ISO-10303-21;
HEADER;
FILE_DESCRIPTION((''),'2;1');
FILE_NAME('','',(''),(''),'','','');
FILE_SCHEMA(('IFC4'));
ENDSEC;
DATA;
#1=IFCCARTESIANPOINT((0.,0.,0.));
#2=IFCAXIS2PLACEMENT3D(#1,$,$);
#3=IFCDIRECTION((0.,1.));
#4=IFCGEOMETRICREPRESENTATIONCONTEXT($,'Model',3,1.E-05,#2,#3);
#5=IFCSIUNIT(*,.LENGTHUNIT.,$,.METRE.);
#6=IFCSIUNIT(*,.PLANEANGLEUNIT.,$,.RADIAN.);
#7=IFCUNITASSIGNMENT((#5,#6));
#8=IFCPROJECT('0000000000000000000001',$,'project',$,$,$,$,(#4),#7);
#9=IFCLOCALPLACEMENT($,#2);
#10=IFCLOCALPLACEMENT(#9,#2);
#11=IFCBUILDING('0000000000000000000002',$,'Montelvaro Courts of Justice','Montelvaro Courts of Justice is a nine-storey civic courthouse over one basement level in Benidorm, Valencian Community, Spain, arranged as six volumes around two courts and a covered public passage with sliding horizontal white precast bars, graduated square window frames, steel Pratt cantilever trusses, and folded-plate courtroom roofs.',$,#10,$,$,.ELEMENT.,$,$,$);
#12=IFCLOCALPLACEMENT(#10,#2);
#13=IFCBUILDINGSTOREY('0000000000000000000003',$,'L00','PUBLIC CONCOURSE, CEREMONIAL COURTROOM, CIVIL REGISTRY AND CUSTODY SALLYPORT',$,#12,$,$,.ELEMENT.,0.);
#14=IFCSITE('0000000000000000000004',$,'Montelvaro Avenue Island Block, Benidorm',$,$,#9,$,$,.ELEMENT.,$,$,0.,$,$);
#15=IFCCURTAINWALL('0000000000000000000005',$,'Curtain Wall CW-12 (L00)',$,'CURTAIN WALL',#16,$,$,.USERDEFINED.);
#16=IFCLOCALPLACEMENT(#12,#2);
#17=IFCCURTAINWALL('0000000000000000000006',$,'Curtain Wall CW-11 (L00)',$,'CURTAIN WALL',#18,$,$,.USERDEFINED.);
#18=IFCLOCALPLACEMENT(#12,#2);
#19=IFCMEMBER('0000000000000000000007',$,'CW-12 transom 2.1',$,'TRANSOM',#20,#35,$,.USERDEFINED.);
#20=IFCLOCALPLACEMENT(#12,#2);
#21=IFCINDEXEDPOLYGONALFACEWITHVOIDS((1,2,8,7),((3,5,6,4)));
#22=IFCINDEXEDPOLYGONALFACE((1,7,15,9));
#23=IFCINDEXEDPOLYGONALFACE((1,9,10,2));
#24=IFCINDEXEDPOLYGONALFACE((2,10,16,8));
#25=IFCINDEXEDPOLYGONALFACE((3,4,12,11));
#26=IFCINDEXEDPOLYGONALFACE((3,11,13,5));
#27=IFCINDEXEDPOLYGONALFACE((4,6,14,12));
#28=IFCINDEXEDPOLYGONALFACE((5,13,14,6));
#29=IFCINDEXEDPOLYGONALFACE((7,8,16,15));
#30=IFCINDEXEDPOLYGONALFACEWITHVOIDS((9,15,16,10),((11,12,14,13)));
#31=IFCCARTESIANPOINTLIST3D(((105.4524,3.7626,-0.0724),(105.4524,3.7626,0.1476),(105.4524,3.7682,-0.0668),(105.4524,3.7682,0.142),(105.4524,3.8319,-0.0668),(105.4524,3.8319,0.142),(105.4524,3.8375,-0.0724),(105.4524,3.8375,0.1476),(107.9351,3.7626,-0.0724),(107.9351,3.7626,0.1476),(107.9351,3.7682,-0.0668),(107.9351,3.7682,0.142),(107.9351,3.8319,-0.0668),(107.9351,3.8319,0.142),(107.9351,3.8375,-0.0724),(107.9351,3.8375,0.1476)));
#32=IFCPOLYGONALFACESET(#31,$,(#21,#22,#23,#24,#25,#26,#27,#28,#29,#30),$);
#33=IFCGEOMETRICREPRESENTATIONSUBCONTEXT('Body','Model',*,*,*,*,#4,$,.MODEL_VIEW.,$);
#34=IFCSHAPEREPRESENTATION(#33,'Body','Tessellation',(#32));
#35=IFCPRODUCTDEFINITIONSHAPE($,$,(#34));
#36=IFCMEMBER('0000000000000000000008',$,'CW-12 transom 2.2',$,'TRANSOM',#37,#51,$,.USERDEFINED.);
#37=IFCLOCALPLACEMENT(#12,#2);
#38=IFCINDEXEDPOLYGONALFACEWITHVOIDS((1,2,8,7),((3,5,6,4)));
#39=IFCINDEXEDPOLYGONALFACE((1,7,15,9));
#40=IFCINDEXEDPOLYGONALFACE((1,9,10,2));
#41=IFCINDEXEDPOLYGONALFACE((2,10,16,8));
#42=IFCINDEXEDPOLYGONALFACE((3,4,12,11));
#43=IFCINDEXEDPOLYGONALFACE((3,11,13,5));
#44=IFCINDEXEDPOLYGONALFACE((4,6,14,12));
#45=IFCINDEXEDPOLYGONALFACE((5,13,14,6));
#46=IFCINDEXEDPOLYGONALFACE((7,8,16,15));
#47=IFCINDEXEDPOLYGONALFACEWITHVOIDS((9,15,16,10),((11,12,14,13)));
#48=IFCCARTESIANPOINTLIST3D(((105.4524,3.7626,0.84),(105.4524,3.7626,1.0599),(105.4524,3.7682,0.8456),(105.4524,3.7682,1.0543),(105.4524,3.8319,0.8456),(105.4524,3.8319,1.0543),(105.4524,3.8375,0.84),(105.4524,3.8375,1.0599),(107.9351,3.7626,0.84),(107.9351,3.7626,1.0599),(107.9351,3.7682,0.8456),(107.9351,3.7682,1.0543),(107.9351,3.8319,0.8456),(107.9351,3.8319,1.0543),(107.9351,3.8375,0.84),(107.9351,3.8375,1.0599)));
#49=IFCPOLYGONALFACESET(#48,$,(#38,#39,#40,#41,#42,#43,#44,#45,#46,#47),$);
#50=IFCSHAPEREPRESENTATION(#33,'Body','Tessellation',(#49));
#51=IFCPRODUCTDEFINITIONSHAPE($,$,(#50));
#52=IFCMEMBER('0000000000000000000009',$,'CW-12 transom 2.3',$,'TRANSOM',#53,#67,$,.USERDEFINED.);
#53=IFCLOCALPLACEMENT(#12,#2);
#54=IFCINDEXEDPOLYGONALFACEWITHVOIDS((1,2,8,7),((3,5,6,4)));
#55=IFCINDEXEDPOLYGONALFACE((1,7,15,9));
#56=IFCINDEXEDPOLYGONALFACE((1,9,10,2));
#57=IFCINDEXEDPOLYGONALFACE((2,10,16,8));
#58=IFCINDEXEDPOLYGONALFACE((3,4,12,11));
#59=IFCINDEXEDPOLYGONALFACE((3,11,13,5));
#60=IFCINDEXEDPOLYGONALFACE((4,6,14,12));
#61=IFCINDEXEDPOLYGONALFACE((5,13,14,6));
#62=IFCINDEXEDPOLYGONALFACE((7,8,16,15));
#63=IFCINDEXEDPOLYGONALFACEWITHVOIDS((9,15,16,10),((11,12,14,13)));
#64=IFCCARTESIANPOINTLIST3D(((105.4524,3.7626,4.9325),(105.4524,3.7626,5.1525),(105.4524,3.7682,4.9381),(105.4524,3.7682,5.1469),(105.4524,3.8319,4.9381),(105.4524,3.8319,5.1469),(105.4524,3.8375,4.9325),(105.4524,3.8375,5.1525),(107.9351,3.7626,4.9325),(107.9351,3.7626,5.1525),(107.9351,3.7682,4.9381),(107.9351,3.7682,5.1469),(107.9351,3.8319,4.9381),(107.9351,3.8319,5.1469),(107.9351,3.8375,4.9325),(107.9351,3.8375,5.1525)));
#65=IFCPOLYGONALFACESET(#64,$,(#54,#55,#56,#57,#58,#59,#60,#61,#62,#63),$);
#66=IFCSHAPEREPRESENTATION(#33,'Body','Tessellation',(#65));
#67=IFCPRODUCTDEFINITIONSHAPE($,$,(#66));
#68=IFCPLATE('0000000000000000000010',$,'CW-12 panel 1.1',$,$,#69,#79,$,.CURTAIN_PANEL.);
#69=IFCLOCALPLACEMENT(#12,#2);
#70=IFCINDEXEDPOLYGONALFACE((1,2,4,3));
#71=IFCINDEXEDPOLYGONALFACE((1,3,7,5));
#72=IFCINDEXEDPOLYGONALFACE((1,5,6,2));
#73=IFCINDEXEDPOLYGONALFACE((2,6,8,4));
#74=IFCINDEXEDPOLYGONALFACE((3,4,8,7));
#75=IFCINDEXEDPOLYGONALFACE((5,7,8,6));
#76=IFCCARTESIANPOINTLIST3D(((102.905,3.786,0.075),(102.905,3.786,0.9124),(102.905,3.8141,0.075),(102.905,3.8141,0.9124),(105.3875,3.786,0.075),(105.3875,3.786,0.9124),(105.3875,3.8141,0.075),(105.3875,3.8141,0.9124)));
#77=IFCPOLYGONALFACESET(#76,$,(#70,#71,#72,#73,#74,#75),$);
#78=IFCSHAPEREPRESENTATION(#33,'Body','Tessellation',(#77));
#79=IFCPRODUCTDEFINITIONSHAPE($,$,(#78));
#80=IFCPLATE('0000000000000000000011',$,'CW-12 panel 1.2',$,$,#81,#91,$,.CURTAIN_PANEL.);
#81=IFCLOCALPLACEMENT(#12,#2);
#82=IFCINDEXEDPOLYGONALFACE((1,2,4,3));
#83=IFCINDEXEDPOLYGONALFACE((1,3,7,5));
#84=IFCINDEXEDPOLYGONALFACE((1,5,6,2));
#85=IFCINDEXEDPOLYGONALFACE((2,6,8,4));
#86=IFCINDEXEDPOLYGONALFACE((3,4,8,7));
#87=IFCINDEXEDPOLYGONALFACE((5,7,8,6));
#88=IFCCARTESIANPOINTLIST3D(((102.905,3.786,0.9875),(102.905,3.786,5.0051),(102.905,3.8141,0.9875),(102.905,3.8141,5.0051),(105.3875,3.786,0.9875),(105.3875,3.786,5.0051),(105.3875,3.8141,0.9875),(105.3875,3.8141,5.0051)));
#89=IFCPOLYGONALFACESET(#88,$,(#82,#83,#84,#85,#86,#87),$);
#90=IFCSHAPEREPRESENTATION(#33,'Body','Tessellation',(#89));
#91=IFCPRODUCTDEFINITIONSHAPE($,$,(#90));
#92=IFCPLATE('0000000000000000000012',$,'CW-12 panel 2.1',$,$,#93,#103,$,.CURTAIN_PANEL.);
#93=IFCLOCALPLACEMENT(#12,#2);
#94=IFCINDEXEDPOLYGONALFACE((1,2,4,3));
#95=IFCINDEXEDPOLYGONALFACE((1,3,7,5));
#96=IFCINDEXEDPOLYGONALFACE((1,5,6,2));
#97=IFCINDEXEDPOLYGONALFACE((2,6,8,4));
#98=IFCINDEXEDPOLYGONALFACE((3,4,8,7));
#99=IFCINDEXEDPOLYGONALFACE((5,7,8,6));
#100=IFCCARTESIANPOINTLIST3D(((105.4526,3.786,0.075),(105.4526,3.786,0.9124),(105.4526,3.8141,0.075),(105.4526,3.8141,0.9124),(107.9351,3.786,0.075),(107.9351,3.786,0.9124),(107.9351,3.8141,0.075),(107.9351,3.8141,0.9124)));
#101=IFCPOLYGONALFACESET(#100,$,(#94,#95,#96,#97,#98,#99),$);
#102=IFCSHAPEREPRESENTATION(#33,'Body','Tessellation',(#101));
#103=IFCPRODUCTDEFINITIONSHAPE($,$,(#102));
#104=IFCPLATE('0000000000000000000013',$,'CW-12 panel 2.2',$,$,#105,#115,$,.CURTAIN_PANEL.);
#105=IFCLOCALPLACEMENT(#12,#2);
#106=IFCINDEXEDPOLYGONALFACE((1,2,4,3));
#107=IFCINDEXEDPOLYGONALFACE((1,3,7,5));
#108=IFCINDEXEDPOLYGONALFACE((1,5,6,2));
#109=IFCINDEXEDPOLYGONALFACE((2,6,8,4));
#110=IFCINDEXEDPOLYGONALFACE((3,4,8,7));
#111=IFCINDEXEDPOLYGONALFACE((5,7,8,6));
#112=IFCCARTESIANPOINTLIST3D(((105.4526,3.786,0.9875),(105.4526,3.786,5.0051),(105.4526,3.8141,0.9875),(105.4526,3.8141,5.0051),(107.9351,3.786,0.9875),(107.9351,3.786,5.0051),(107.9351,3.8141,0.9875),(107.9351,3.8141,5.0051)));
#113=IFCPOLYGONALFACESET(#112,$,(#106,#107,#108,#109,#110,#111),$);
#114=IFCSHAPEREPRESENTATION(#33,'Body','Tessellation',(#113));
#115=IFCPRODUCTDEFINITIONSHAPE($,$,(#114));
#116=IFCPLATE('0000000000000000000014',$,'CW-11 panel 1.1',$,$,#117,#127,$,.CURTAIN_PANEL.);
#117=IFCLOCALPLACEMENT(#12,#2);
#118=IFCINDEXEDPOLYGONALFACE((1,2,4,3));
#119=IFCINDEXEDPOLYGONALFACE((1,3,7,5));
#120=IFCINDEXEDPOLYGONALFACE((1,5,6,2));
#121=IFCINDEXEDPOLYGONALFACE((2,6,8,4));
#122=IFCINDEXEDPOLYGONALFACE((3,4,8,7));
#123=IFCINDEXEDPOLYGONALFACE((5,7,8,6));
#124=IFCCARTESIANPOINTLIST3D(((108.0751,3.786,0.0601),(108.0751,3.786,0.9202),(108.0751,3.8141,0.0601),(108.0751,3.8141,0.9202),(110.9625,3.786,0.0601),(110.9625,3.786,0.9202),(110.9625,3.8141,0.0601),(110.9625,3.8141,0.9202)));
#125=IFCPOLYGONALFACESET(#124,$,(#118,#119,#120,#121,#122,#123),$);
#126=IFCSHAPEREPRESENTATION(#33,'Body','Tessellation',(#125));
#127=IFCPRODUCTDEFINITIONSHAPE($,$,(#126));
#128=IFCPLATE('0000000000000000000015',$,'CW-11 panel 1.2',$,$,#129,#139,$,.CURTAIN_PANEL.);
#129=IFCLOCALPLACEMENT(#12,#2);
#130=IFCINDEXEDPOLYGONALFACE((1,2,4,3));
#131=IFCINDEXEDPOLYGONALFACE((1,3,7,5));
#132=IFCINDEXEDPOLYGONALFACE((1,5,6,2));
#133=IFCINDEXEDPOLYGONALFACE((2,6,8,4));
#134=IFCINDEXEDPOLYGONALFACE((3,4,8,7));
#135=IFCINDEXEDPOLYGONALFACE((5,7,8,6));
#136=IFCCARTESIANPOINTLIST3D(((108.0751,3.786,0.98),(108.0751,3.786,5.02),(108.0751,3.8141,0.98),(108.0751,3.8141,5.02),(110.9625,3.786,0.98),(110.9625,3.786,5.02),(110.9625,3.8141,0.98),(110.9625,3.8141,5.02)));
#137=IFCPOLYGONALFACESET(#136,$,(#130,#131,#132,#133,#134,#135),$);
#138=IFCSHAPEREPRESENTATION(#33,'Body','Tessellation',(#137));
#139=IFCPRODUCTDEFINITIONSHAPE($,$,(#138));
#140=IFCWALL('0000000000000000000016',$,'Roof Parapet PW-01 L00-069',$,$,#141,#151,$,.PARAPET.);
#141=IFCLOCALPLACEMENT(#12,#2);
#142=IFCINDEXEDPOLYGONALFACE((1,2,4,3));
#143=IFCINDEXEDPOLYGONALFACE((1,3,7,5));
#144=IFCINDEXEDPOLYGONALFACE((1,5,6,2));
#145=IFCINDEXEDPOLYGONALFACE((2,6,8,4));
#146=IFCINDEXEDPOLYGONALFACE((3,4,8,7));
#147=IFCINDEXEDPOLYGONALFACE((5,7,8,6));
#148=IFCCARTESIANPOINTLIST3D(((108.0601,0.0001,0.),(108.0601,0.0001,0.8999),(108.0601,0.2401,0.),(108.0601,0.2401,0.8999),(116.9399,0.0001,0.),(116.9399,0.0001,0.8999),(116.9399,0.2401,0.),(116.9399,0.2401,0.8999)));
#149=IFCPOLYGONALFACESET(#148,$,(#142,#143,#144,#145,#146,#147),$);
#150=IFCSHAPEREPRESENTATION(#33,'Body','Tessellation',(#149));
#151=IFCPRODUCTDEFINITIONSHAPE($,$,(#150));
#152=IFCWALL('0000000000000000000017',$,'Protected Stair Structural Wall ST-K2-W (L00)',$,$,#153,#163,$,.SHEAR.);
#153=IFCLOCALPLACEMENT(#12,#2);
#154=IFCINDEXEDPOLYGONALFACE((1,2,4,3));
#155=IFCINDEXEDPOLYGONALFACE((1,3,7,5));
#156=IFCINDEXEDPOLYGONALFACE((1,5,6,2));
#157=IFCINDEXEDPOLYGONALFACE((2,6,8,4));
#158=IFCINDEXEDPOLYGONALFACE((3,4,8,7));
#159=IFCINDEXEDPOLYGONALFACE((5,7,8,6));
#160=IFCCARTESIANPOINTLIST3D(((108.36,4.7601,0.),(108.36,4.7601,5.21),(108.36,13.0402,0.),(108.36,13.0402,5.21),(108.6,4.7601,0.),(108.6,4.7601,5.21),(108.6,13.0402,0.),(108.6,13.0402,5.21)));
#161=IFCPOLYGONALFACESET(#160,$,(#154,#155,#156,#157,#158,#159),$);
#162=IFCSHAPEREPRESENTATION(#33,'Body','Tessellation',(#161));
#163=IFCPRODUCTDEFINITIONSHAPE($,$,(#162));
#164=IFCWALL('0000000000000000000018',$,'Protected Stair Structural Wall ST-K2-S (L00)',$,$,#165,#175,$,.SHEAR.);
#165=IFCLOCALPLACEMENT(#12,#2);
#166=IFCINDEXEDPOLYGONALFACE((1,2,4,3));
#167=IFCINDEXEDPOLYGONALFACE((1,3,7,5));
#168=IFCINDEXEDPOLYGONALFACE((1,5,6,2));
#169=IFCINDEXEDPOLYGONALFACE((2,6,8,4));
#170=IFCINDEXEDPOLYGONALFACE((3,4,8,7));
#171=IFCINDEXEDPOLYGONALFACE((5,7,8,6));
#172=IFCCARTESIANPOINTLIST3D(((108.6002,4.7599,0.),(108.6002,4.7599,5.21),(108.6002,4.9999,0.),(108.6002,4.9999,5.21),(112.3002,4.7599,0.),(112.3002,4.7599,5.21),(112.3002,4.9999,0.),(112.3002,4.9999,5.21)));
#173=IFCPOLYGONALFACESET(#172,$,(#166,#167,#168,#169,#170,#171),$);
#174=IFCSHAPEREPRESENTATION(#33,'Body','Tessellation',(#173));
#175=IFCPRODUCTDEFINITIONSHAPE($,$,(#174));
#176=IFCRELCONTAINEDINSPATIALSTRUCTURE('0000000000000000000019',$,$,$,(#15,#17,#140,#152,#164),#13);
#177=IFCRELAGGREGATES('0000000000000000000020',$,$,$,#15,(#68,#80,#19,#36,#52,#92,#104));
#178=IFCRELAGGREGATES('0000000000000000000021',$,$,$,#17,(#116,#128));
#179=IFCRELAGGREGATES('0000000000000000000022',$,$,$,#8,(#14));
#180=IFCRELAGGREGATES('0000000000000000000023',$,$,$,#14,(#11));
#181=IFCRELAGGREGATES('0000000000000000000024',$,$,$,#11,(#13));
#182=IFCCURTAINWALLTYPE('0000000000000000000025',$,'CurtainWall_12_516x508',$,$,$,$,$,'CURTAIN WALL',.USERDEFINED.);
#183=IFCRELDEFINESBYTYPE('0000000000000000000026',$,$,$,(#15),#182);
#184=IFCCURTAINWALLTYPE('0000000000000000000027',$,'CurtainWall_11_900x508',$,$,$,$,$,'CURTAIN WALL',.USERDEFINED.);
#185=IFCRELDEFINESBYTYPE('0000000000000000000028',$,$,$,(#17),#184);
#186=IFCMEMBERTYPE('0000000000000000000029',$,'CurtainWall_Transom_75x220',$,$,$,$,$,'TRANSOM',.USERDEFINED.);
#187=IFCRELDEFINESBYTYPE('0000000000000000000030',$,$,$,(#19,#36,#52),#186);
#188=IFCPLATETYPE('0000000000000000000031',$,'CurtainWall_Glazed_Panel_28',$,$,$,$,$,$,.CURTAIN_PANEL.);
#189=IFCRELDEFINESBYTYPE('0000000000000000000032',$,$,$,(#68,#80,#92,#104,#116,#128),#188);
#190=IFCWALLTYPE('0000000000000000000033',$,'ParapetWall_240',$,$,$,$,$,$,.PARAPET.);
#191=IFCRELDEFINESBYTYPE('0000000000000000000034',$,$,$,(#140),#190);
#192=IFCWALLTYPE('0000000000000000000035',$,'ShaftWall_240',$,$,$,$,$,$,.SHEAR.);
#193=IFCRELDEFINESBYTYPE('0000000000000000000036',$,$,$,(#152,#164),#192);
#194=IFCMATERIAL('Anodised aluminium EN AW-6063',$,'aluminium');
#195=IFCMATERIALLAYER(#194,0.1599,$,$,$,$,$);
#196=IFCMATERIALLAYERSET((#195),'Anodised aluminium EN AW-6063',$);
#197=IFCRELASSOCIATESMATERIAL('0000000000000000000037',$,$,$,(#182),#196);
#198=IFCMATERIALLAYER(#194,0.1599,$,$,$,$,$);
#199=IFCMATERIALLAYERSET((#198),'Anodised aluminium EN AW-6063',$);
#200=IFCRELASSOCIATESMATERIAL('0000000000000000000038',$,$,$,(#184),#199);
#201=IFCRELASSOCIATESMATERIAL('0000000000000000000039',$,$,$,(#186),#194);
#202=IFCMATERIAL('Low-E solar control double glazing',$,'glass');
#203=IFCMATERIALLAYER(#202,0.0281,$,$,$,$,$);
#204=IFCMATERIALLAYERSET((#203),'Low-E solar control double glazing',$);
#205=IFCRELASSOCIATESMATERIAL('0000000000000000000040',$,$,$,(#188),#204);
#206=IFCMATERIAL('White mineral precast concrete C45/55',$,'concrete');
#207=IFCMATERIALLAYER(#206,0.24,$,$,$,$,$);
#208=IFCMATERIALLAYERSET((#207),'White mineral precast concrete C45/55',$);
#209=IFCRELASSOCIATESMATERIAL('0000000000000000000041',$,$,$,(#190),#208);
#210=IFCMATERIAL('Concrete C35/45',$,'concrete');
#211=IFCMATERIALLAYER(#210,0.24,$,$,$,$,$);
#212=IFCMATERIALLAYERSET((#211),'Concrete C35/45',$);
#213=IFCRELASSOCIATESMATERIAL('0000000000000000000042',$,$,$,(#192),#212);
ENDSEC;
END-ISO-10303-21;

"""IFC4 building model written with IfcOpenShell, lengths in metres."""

from ifc_helpers import new_model, si_unit, direction, frame, frame_2d, origin, origin_2d, place, context, subcontext, project, spatial, rectangle, hollow_rectangle, extrude, material, layer, layer_set, material_profile, profile_set, type_object, element, aggregate, save


model = new_model("IFC4")

# Units and contexts
model_context = context("Model", 3, precision=1e-05, world=origin(), true_north=direction((0.0, 1.0)))
body_context = subcontext(model_context, "Body", "Model", "MODEL_VIEW")
ifc_project = project(units=[si_unit("LENGTHUNIT", "METRE"), si_unit("PLANEANGLEUNIT", "RADIAN")], contexts=[model_context])

# Site, building, storey
site_placement = place(None, origin())
site = spatial("IfcSite", under=ifc_project, at=site_placement, Name="Montelvaro Avenue Island Block, Benidorm", CompositionType="ELEMENT", RefElevation=0.0)
building_placement = place(site_placement, origin())
building = spatial("IfcBuilding", under=site, at=building_placement, Name="Montelvaro Courts of Justice", Description="Montelvaro Courts of Justice is a nine-storey civic courthouse over one basement level in Benidorm, Valencian Community, Spain, arranged as six volumes around two courts and a covered public passage with sliding horizontal white precast bars, graduated square window frames, steel Pratt cantilever trusses, and folded-plate courtroom roofs.", CompositionType="ELEMENT")
storey_placement = place(building_placement, origin())
storey = spatial("IfcBuildingStorey", under=building, at=storey_placement, Name="L00", Description="PUBLIC CONCOURSE, CEREMONIAL COURTROOM, CIVIL REGISTRY AND CUSTODY SALLYPORT", CompositionType="ELEMENT", Elevation=0.0)

# Curtain walls
ifc_material_1 = material(Name="Anodised aluminium EN AW-6063", Category="aluminium")
ifc_layer_1 = layer(ifc_material_1, 0.1599)
ifc_layer_set_1 = layer_set([ifc_layer_1], Name="Anodised aluminium EN AW-6063")
curtain_wall_type_1 = type_object("IfcCurtainWallType", Name="CurtainWall_12_516x508", ElementType="CURTAIN WALL", PredefinedType="USERDEFINED", material=ifc_layer_set_1)
curtain_wall_1_placement = place(storey_placement, origin())
curtain_wall_1 = element("IfcCurtainWall", 1, at=curtain_wall_1_placement, inside=storey, type_object=curtain_wall_type_1, Name="Curtain Wall CW-12 (L00)", ObjectType="CURTAIN WALL", PredefinedType="USERDEFINED")
ifc_layer_2 = layer(ifc_material_1, 0.1599)
ifc_layer_set_2 = layer_set([ifc_layer_2], Name="Anodised aluminium EN AW-6063")
curtain_wall_type_2 = type_object("IfcCurtainWallType", Name="CurtainWall_11_900x508", ElementType="CURTAIN WALL", PredefinedType="USERDEFINED", material=ifc_layer_set_2)
curtain_wall_2_placement = place(storey_placement, origin())
curtain_wall_2 = element("IfcCurtainWall", 2, at=curtain_wall_2_placement, inside=storey, type_object=curtain_wall_type_2, Name="Curtain Wall CW-11 (L00)", ObjectType="CURTAIN WALL", PredefinedType="USERDEFINED")

# Members
ifc_material_profile_1 = material_profile(ifc_material_1, hollow_rectangle(XDim=0.075, YDim=0.22, WallThickness=0.0056, at=origin_2d()), Name="ALU-T 75x220")
ifc_profile_set_1 = profile_set([ifc_material_profile_1], Name="Anodised aluminium EN AW-6063")
member_type_1 = type_object("IfcMemberType", Name="CurtainWall_Transom_75x220", ElementType="TRANSOM", PredefinedType="USERDEFINED", material=ifc_profile_set_1)
member_1_placement = place(storey_placement, frame((105.4524, 3.8, 0.0376), z_axis=(1.0, 0.0, 0.0), x_axis=(0.0, 1.0, 0.0)))
member_1 = element("IfcMember", 3, at=member_1_placement, type_object=member_type_1, Name="CW-12 transom 2.1", ObjectType="TRANSOM", PredefinedType="USERDEFINED", context=body_context, shape_type="SweptSolid", body=[
    extrude(hollow_rectangle(XDim=0.075, YDim=0.22, WallThickness=0.0056, at=origin_2d()), origin(), (0.0, 0.0, 1.0), 2.4827),
])
member_2_placement = place(storey_placement, frame((105.4524, 3.8, 0.95), z_axis=(1.0, 0.0, 0.0), x_axis=(0.0, 1.0, 0.0)))
member_2 = element("IfcMember", 4, at=member_2_placement, type_object=member_type_1, Name="CW-12 transom 2.2", ObjectType="TRANSOM", PredefinedType="USERDEFINED", context=body_context, shape_type="SweptSolid", body=[
    extrude(hollow_rectangle(XDim=0.075, YDim=0.22, WallThickness=0.0056, at=origin_2d()), origin(), (0.0, 0.0, 1.0), 2.4827),
])
member_3_placement = place(storey_placement, frame((105.4524, 3.8, 5.0425), z_axis=(1.0, 0.0, 0.0), x_axis=(0.0, 1.0, 0.0)))
member_3 = element("IfcMember", 5, at=member_3_placement, type_object=member_type_1, Name="CW-12 transom 2.3", ObjectType="TRANSOM", PredefinedType="USERDEFINED", context=body_context, shape_type="SweptSolid", body=[
    extrude(hollow_rectangle(XDim=0.075, YDim=0.22, WallThickness=0.0056, at=origin_2d()), origin(), (0.0, 0.0, 1.0), 2.4827),
])

# Plates
ifc_material_2 = material(Name="Low-E solar control double glazing", Category="glass")
ifc_layer_3 = layer(ifc_material_2, 0.0281)
ifc_layer_set_3 = layer_set([ifc_layer_3], Name="Low-E solar control double glazing")
plate_type = type_object("IfcPlateType", Name="CurtainWall_Glazed_Panel_28", PredefinedType="CURTAIN_PANEL", material=ifc_layer_set_3)
plate_1_placement = place(storey_placement, frame((104.1462, 3.8, 0.075), z_axis=(0.0, 0.0, 1.0), x_axis=(1.0, 0.0, 0.0)))
plate_1 = element("IfcPlate", 6, at=plate_1_placement, type_object=plate_type, Name="CW-12 panel 1.1", PredefinedType="CURTAIN_PANEL", context=body_context, shape_type="SweptSolid", body=[
    extrude(rectangle(XDim=2.4824, YDim=0.0281, at=origin_2d()), origin(), (0.0, 0.0, 1.0), 0.8374),
])
plate_2_placement = place(storey_placement, frame((104.1462, 3.8, 0.9875), z_axis=(0.0, 0.0, 1.0), x_axis=(1.0, 0.0, 0.0)))
plate_2 = element("IfcPlate", 7, at=plate_2_placement, type_object=plate_type, Name="CW-12 panel 1.2", PredefinedType="CURTAIN_PANEL", context=body_context, shape_type="SweptSolid", body=[
    extrude(rectangle(XDim=2.4824, YDim=0.0281, at=origin_2d()), origin(), (0.0, 0.0, 1.0), 4.0176),
])
plate_3_placement = place(storey_placement, frame((106.6938, 3.8, 0.075), z_axis=(0.0, 0.0, 1.0), x_axis=(1.0, 0.0, 0.0)))
plate_3 = element("IfcPlate", 8, at=plate_3_placement, type_object=plate_type, Name="CW-12 panel 2.1", PredefinedType="CURTAIN_PANEL", context=body_context, shape_type="SweptSolid", body=[
    extrude(rectangle(XDim=2.4824, YDim=0.0281, at=origin_2d()), origin(), (0.0, 0.0, 1.0), 0.8374),
])
plate_4_placement = place(storey_placement, frame((106.6938, 3.8, 0.9875), z_axis=(0.0, 0.0, 1.0), x_axis=(1.0, 0.0, 0.0)))
plate_4 = element("IfcPlate", 9, at=plate_4_placement, type_object=plate_type, Name="CW-12 panel 2.2", PredefinedType="CURTAIN_PANEL", context=body_context, shape_type="SweptSolid", body=[
    extrude(rectangle(XDim=2.4824, YDim=0.0281, at=origin_2d()), origin(), (0.0, 0.0, 1.0), 4.0176),
])
aggregate(curtain_wall_1, [plate_1, plate_2, member_1, member_2, member_3, plate_3, plate_4])
plate_5_placement = place(storey_placement, frame((109.5188, 3.8, 0.0601), z_axis=(0.0, 0.0, 1.0), x_axis=(1.0, 0.0, 0.0)))
plate_5 = element("IfcPlate", 10, at=plate_5_placement, type_object=plate_type, Name="CW-11 panel 1.1", PredefinedType="CURTAIN_PANEL", context=body_context, shape_type="SweptSolid", body=[
    extrude(rectangle(XDim=2.8875, YDim=0.0281, at=origin_2d()), origin(), (0.0, 0.0, 1.0), 0.8601),
])
plate_6_placement = place(storey_placement, frame((109.5188, 3.8, 0.98), z_axis=(0.0, 0.0, 1.0), x_axis=(1.0, 0.0, 0.0)))
plate_6 = element("IfcPlate", 11, at=plate_6_placement, type_object=plate_type, Name="CW-11 panel 1.2", PredefinedType="CURTAIN_PANEL", context=body_context, shape_type="SweptSolid", body=[
    extrude(rectangle(XDim=2.8875, YDim=0.0281, at=origin_2d()), origin(), (0.0, 0.0, 1.0), 4.04),
])
aggregate(curtain_wall_2, [plate_5, plate_6])

# Walls
ifc_material_3 = material(Name="White mineral precast concrete C45/55", Category="concrete")
ifc_layer_4 = layer(ifc_material_3, 0.24)
ifc_layer_set_4 = layer_set([ifc_layer_4], Name="White mineral precast concrete C45/55")
wall_type_1 = type_object("IfcWallType", Name="ParapetWall_240", PredefinedType="PARAPET", material=ifc_layer_set_4)
wall_1_placement = place(storey_placement, frame((108.0601, 0.1201, 0.0), z_axis=(0.0, 0.0, 1.0), x_axis=(1.0, 0.0, 0.0)))
element("IfcWall", 12, at=wall_1_placement, inside=storey, type_object=wall_type_1, Name="Roof Parapet PW-01 L00-069", PredefinedType="PARAPET", context=body_context, shape_type="SweptSolid", body=[
    extrude(rectangle(XDim=8.8799, YDim=0.24, at=frame_2d((4.4399, 0.0))), origin(), (0.0, 0.0, 1.0), 0.8999),
])
ifc_material_4 = material(Name="Concrete C35/45", Category="concrete")
ifc_layer_5 = layer(ifc_material_4, 0.24)
ifc_layer_set_5 = layer_set([ifc_layer_5], Name="Concrete C35/45")
wall_type_2 = type_object("IfcWallType", Name="ShaftWall_240", PredefinedType="SHEAR", material=ifc_layer_set_5)
wall_2_placement = place(storey_placement, frame((108.48, 4.76, 0.0), z_axis=(0.0, 0.0, 1.0), x_axis=(0.0, 1.0, 0.0)))
element("IfcWall", 13, at=wall_2_placement, inside=storey, type_object=wall_type_2, Name="Protected Stair Structural Wall ST-K2-W (L00)", PredefinedType="SHEAR", context=body_context, shape_type="SweptSolid", body=[
    extrude(rectangle(XDim=8.28, YDim=0.24, at=frame_2d((4.1401, 0.0))), origin(), (0.0, 0.0, 1.0), 5.21),
])
wall_3_placement = place(storey_placement, frame((108.6001, 4.8799, 0.0), z_axis=(0.0, 0.0, 1.0), x_axis=(1.0, 0.0, 0.0)))
element("IfcWall", 14, at=wall_3_placement, inside=storey, type_object=wall_type_2, Name="Protected Stair Structural Wall ST-K2-S (L00)", PredefinedType="SHEAR", context=body_context, shape_type="SweptSolid", body=[
    extrude(rectangle(XDim=3.7, YDim=0.24, at=frame_2d((1.8501, 0.0))), origin(), (0.0, 0.0, 1.0), 5.21),
])

save(model, "model.ifc")
